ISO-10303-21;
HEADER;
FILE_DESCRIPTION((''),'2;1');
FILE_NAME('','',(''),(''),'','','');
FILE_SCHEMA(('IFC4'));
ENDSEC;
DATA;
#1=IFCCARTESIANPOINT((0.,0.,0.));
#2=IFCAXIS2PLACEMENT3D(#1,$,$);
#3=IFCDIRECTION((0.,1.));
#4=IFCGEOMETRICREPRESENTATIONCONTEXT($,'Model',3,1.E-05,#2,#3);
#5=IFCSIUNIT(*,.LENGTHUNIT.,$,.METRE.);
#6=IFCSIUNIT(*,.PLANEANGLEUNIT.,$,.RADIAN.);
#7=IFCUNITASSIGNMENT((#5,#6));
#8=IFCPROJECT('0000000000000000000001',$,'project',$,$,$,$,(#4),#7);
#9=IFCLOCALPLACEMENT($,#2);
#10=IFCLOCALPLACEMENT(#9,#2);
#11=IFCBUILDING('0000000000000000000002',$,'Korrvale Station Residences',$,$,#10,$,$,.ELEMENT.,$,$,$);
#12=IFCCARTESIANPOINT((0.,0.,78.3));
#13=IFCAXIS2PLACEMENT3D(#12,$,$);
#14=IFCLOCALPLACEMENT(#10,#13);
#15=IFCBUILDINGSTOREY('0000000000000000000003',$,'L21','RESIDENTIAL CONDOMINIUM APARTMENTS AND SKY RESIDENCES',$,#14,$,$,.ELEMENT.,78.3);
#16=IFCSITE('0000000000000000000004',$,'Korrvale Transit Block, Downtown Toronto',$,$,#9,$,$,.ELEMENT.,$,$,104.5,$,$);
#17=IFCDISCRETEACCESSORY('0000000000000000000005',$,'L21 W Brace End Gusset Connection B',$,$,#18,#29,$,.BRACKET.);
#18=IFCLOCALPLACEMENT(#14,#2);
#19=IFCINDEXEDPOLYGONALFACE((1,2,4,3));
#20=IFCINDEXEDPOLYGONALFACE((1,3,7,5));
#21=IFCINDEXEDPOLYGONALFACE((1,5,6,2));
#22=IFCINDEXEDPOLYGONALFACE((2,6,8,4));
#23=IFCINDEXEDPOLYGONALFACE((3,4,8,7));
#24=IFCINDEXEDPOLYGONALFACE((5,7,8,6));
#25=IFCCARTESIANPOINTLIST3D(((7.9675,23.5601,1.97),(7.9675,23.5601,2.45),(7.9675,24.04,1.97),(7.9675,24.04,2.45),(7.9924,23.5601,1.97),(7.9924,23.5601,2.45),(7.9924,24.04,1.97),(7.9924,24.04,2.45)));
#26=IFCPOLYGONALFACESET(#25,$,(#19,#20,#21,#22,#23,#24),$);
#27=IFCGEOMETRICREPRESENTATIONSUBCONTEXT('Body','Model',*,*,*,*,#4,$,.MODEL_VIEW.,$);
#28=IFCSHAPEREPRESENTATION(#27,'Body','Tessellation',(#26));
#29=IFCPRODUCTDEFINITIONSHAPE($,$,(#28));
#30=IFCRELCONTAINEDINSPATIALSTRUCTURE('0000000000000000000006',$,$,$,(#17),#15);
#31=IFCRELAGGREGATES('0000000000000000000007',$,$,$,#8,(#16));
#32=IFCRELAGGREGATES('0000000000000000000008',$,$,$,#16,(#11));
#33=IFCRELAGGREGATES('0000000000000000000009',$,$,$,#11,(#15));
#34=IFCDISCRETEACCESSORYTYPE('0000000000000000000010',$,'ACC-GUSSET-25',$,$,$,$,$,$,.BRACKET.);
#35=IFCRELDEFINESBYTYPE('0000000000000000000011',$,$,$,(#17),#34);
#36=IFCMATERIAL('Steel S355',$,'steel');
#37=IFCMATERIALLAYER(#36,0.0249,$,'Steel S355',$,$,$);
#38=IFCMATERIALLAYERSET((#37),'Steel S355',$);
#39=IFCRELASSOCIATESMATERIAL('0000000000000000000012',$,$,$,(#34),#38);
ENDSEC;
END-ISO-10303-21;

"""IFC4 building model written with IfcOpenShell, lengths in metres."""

from ifc_helpers import new_model, si_unit, direction, frame, origin, origin_2d, place, context, subcontext, project, spatial, rectangle, extrude, material, layer, layer_set, type_object, element, save


model = new_model("IFC4")

# Units and contexts
model_context = context("Model", 3, precision=1e-05, world=origin(), true_north=direction((0.0, 1.0)))
body_context = subcontext(model_context, "Body", "Model", "MODEL_VIEW")
ifc_project = project(units=[si_unit("LENGTHUNIT", "METRE"), si_unit("PLANEANGLEUNIT", "RADIAN")], contexts=[model_context])

# Site, building, storey
site_placement = place(None, origin())
site = spatial("IfcSite", under=ifc_project, at=site_placement, Name="Korrvale Transit Block, Downtown Toronto", CompositionType="ELEMENT", RefElevation=104.5)
building_placement = place(site_placement, origin())
building = spatial("IfcBuilding", under=site, at=building_placement, Name="Korrvale Station Residences", CompositionType="ELEMENT")
storey_placement = place(building_placement, frame((0.0, 0.0, 78.3)))
storey = spatial("IfcBuildingStorey", under=building, at=storey_placement, Name="L21", Description="RESIDENTIAL CONDOMINIUM APARTMENTS AND SKY RESIDENCES", CompositionType="ELEMENT", Elevation=78.3)

# Shared definitions
ifc_material_1 = material(Name="Steel S355", Category="steel")

# Discrete accessory
ifc_layer_1 = layer(ifc_material_1, 0.0249, Name="Steel S355")
ifc_layer_set_1 = layer_set([ifc_layer_1], Name="Steel S355")
discrete_accessory_type = type_object("IfcDiscreteAccessoryType", Name="ACC-GUSSET-25", PredefinedType="BRACKET", material=ifc_layer_set_1)
for number, where, z_axis, x_axis, name in (
    (1, (7.98, 23.8, 1.97), (0.0, 0.0, 1.0), (0.0, 1.0, 0.0), "L21 W Brace End Gusset Connection B"),
):
    element("IfcDiscreteAccessory", number, at=place(storey_placement, frame(where, z_axis=z_axis, x_axis=x_axis)), inside=storey, type_object=discrete_accessory_type, Name=name, PredefinedType="BRACKET", context=body_context, shape_type="SweptSolid", body=[
        extrude(rectangle(XDim=0.48, YDim=0.0249, at=origin_2d()), origin(), (0.0, 0.0, 1.0), 0.48),
    ])

save(model, "model.ifc")
